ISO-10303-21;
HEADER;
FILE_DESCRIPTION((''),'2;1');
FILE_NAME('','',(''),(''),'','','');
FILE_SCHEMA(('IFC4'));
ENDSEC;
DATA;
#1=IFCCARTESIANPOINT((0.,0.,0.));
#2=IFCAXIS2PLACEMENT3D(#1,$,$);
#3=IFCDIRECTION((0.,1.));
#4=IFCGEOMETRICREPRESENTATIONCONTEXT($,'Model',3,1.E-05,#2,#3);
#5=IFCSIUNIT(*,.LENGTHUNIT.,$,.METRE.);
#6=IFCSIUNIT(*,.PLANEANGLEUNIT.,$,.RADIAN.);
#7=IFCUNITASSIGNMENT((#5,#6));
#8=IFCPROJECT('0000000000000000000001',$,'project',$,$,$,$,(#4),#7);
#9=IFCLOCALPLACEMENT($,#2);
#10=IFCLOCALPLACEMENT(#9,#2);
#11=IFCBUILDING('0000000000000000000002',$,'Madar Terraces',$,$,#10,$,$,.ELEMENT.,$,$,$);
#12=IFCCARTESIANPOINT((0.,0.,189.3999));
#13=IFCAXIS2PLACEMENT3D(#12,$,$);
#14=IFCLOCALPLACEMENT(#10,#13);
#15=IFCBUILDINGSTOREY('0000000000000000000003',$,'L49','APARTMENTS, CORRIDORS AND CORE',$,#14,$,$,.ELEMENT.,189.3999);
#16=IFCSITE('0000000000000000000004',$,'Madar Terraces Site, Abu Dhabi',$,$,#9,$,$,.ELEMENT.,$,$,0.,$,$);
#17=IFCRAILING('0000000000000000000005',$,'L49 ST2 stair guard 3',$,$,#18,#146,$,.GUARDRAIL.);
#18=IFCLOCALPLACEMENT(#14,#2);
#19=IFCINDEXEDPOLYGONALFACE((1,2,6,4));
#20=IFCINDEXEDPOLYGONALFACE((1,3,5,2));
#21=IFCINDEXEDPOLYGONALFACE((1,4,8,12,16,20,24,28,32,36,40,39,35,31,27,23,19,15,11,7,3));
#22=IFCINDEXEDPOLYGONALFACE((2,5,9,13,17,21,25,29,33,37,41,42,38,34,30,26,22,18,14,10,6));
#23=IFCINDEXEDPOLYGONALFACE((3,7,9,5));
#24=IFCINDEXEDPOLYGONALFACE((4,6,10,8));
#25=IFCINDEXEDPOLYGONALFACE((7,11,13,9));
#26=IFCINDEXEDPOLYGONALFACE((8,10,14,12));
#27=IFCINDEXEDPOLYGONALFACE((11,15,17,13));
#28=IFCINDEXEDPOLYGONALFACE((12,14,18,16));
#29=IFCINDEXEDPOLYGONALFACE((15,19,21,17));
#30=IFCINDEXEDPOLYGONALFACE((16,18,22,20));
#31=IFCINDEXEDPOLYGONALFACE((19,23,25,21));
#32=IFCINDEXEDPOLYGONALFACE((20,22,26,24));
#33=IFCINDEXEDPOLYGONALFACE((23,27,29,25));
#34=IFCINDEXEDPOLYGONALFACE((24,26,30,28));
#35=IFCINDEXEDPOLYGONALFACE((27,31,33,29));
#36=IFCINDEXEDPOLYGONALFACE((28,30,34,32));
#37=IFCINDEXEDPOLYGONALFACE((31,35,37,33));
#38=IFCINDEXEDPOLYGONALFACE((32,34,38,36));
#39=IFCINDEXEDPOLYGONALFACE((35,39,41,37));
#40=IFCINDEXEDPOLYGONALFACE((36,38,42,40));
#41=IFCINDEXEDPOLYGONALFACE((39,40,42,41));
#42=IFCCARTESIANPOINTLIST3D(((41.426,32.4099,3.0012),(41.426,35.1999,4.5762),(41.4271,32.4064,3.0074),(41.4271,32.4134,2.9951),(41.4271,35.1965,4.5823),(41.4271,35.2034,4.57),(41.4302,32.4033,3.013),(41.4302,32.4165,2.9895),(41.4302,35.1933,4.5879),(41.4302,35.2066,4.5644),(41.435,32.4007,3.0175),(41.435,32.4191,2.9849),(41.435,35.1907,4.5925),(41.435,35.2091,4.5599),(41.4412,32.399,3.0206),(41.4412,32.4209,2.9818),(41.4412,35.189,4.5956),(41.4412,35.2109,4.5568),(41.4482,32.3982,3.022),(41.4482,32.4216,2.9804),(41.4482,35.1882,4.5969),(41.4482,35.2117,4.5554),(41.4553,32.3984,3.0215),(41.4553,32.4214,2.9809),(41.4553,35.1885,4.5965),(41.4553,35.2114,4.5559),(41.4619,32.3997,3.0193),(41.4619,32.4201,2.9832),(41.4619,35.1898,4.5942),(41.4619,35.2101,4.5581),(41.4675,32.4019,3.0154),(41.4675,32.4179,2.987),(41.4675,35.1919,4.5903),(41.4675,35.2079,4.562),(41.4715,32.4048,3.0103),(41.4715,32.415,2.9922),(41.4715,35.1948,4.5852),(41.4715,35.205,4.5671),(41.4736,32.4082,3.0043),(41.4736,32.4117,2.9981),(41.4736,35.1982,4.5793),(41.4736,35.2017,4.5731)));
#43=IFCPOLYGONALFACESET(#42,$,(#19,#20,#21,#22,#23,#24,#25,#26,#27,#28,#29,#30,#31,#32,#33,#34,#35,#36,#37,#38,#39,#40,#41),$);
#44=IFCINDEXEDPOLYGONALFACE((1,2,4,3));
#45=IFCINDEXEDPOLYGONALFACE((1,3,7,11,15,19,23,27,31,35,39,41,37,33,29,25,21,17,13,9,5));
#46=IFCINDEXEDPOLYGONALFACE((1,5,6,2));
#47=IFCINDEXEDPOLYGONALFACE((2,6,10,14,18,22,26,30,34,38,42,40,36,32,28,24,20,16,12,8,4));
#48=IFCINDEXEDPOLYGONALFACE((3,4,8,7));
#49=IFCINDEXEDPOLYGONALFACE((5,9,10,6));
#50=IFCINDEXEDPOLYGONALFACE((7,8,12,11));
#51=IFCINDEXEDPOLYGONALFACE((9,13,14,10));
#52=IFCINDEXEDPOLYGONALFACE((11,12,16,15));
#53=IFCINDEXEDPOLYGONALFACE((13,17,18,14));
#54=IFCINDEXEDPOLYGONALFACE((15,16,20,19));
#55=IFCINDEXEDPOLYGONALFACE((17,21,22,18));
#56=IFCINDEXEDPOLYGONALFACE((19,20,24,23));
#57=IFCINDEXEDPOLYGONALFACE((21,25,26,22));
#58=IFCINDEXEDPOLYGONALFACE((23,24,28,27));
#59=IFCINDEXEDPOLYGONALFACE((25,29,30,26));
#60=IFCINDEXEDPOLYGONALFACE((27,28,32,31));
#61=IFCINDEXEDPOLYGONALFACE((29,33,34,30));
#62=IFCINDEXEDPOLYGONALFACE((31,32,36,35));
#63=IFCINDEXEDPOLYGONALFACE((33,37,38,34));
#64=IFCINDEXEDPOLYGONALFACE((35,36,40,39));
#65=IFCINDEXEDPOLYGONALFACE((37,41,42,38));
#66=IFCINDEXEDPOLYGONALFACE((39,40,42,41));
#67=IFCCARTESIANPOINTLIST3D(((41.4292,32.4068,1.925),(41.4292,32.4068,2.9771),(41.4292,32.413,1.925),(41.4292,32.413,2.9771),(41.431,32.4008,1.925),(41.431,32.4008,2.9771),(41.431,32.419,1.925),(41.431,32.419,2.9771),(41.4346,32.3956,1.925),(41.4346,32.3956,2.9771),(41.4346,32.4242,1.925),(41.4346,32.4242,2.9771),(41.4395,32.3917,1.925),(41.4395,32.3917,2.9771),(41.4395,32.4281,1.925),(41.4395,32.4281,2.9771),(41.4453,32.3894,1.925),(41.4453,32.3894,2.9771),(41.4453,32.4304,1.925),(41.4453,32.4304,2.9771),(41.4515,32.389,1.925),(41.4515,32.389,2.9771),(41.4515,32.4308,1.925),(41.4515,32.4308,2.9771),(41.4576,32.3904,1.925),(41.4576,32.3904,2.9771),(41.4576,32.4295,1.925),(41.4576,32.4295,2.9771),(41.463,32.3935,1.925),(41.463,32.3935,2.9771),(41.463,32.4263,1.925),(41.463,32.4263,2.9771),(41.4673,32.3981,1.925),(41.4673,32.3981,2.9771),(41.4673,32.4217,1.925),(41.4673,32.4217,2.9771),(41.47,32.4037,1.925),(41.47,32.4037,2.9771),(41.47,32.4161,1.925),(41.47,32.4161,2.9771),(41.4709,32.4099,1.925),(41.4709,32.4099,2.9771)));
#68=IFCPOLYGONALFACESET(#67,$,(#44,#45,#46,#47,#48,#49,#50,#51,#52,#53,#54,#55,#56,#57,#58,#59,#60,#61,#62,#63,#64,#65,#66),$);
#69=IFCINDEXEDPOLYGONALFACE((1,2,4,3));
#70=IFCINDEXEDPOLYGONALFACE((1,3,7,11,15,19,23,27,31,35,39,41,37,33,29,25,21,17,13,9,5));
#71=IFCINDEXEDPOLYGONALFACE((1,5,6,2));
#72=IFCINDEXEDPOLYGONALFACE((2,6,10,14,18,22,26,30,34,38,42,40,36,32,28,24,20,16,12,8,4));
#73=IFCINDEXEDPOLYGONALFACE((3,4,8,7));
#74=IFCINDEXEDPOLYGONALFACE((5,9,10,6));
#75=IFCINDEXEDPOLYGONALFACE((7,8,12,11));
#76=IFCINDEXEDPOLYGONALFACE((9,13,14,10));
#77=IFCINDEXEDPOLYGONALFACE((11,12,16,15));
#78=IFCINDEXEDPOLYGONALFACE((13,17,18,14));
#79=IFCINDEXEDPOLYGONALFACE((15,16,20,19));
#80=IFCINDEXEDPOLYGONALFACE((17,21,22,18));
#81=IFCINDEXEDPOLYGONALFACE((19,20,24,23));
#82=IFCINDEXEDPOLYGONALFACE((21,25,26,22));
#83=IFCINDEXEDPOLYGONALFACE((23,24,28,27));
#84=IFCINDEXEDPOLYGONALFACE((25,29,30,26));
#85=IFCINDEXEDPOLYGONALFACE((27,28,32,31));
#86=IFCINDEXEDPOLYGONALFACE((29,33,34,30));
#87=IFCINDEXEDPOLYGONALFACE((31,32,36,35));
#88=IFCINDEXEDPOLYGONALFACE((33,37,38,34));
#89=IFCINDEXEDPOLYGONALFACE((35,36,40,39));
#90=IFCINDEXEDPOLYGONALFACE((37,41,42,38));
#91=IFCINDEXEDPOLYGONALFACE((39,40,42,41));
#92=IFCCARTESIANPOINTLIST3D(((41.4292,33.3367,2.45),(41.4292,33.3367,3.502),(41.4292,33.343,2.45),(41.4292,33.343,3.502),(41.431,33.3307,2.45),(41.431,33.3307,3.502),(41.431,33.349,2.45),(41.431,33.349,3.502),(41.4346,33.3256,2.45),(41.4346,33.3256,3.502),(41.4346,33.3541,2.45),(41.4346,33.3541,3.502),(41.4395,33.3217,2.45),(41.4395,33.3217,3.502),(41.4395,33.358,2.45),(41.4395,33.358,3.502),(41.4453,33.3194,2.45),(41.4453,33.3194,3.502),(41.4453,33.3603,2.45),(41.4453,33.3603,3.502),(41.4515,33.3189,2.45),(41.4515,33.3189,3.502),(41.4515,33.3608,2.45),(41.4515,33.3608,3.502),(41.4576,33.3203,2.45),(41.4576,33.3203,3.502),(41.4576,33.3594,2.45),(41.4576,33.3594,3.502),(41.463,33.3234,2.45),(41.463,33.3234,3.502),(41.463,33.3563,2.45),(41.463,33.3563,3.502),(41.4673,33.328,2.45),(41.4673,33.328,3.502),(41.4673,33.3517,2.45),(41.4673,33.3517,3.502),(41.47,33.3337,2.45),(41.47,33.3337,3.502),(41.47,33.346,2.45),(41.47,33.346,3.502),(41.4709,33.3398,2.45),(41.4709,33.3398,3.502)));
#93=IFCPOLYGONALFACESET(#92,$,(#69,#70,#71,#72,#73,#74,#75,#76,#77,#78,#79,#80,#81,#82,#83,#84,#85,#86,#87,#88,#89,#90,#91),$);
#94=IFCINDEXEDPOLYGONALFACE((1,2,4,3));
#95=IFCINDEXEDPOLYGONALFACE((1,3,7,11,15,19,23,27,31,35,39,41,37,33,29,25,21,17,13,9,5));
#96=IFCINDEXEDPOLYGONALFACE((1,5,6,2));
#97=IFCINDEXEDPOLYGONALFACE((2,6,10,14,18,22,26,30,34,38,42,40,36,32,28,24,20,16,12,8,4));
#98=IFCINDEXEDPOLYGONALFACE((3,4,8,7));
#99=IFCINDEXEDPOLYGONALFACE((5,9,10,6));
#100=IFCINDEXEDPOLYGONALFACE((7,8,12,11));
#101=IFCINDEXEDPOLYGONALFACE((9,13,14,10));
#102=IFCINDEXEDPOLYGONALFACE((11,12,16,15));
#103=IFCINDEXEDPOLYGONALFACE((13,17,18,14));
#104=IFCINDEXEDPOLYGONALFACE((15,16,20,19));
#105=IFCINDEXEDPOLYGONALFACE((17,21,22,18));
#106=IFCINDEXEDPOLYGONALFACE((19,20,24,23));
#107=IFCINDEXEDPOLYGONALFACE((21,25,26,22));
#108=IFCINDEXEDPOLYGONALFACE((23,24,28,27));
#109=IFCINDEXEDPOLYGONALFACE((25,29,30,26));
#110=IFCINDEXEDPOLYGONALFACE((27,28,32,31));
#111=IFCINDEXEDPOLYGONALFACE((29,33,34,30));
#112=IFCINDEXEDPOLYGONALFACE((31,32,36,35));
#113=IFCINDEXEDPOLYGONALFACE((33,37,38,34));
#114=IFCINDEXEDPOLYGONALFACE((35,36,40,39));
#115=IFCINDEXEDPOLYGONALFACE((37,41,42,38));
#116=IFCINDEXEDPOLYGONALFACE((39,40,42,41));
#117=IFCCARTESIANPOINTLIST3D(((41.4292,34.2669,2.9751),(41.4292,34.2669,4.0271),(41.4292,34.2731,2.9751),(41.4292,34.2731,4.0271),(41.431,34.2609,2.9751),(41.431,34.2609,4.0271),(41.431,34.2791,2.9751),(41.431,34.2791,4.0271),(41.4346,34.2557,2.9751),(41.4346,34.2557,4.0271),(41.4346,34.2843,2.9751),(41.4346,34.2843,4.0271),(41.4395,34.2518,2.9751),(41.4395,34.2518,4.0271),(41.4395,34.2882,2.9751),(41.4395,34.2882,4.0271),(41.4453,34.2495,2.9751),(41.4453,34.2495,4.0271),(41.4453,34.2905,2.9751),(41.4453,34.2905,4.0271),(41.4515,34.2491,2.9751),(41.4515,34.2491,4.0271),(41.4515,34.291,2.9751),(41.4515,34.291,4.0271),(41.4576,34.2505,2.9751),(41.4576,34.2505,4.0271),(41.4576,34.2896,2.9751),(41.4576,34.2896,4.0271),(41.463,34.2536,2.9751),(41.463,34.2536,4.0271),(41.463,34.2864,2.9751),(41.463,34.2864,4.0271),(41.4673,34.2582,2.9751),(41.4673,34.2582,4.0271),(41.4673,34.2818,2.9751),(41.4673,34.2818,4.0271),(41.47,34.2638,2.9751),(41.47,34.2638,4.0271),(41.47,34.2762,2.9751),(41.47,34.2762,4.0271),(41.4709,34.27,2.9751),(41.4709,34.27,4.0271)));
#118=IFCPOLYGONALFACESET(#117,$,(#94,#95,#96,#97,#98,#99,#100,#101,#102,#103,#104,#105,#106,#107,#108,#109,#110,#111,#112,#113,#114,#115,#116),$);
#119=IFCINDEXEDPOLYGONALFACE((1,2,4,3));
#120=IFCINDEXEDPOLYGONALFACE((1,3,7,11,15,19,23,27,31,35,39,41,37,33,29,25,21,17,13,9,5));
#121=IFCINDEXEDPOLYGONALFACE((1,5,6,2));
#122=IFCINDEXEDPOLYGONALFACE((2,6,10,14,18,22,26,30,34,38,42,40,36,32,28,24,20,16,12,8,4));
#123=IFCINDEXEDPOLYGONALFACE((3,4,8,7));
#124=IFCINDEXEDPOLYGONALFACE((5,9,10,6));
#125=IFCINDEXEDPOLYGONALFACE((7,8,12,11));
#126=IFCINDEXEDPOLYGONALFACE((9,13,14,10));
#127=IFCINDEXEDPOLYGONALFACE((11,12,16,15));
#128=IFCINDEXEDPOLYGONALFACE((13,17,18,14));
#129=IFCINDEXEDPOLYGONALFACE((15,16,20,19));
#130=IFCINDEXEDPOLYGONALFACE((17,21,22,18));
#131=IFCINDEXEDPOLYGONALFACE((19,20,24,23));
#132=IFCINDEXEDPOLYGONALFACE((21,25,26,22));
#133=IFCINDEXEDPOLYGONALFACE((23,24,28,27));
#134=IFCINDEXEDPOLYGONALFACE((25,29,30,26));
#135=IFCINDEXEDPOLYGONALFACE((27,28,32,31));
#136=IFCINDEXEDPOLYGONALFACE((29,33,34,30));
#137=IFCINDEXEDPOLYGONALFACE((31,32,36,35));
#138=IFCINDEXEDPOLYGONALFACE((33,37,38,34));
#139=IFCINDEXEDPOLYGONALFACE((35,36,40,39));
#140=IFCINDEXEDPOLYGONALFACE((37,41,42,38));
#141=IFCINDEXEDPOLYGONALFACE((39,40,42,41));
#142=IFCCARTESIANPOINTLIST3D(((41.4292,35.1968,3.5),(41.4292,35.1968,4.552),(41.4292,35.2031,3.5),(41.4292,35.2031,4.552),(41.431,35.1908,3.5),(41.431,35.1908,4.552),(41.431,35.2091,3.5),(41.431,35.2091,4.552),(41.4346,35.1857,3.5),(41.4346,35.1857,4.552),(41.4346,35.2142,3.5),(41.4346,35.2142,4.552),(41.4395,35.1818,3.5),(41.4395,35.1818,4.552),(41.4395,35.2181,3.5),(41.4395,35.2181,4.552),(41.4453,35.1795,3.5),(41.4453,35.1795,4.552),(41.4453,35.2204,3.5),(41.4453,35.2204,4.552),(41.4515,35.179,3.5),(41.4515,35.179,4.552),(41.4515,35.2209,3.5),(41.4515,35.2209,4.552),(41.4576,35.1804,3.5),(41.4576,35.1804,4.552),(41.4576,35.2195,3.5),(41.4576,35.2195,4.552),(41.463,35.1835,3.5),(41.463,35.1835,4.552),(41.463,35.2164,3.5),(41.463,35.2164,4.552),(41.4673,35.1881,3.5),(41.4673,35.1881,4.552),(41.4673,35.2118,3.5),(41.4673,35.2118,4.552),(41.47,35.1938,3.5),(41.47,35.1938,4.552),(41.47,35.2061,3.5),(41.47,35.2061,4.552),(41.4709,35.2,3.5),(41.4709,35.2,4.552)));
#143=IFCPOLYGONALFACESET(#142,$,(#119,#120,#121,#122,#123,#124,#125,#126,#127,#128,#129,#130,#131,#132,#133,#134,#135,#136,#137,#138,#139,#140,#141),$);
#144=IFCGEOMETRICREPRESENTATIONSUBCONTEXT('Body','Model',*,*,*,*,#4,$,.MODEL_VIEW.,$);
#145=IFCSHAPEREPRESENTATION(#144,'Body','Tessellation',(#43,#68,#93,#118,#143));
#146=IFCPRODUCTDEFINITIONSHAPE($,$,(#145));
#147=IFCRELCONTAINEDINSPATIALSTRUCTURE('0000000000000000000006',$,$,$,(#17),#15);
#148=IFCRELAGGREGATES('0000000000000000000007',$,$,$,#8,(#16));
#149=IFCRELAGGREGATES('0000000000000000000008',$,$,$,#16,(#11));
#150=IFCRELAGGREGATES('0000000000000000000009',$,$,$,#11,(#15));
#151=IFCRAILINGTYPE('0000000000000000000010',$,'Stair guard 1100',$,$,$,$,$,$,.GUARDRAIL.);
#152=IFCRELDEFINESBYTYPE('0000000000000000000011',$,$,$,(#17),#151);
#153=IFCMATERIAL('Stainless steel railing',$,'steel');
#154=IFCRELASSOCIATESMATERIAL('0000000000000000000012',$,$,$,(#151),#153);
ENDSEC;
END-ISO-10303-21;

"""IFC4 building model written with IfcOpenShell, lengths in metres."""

from ifc_helpers import new_model, si_unit, direction, frame, origin, origin_2d, place, context, subcontext, project, spatial, circle, extrude, material, type_object, element, save


model = new_model("IFC4")

# Units and contexts
model_context = context("Model", 3, precision=1e-05, world=origin(), true_north=direction((0.0, 1.0)))
body_context = subcontext(model_context, "Body", "Model", "MODEL_VIEW")
ifc_project = project(units=[si_unit("LENGTHUNIT", "METRE"), si_unit("PLANEANGLEUNIT", "RADIAN")], contexts=[model_context])

# Site, building, storey
site_placement = place(None, origin())
site = spatial("IfcSite", under=ifc_project, at=site_placement, Name="Madar Terraces Site, Abu Dhabi", CompositionType="ELEMENT", RefElevation=0.0)
building_placement = place(site_placement, origin())
building = spatial("IfcBuilding", under=site, at=building_placement, Name="Madar Terraces", CompositionType="ELEMENT")
storey_placement = place(building_placement, frame((0.0, 0.0, 189.3999)))
storey = spatial("IfcBuildingStorey", under=building, at=storey_placement, Name="L49", Description="APARTMENTS, CORRIDORS AND CORE", CompositionType="ELEMENT", Elevation=189.3999)

# Railing
ifc_material_1 = material(Name="Stainless steel railing", Category="steel")
railing_type_1 = type_object("IfcRailingType", Name="Stair guard 1100", PredefinedType="GUARDRAIL", material=ifc_material_1)
railing_1_placement = place(storey_placement, frame((41.45, 32.4099, 1.925)))
element("IfcRailing", 1, at=railing_1_placement, inside=storey, type_object=railing_type_1, Name="L49 ST2 stair guard 3", PredefinedType="GUARDRAIL", context=body_context, shape_type="SweptSolid", body=[
    extrude(circle(Radius=0.0239, at=origin_2d()), frame((0.0, 0.0, 1.0762), z_axis=(0.0, 0.870834, 0.491578), x_axis=(-1.0, 0.0, 0.0)), (0.0, 0.0, 1.0), 3.2039),
    extrude(circle(Radius=0.021, at=origin_2d()), origin(), (0.0, 0.0, 1.0), 1.052),
    extrude(circle(Radius=0.021, at=origin_2d()), frame((0.0, 0.9299, 0.5249)), (0.0, 0.0, 1.0), 1.052),
    extrude(circle(Radius=0.021, at=origin_2d()), frame((0.0, 1.8601, 1.05)), (0.0, 0.0, 1.0), 1.052),
    extrude(circle(Radius=0.021, at=origin_2d()), frame((0.0, 2.79, 1.575)), (0.0, 0.0, 1.0), 1.052),
])

save(model, "model.ifc")
